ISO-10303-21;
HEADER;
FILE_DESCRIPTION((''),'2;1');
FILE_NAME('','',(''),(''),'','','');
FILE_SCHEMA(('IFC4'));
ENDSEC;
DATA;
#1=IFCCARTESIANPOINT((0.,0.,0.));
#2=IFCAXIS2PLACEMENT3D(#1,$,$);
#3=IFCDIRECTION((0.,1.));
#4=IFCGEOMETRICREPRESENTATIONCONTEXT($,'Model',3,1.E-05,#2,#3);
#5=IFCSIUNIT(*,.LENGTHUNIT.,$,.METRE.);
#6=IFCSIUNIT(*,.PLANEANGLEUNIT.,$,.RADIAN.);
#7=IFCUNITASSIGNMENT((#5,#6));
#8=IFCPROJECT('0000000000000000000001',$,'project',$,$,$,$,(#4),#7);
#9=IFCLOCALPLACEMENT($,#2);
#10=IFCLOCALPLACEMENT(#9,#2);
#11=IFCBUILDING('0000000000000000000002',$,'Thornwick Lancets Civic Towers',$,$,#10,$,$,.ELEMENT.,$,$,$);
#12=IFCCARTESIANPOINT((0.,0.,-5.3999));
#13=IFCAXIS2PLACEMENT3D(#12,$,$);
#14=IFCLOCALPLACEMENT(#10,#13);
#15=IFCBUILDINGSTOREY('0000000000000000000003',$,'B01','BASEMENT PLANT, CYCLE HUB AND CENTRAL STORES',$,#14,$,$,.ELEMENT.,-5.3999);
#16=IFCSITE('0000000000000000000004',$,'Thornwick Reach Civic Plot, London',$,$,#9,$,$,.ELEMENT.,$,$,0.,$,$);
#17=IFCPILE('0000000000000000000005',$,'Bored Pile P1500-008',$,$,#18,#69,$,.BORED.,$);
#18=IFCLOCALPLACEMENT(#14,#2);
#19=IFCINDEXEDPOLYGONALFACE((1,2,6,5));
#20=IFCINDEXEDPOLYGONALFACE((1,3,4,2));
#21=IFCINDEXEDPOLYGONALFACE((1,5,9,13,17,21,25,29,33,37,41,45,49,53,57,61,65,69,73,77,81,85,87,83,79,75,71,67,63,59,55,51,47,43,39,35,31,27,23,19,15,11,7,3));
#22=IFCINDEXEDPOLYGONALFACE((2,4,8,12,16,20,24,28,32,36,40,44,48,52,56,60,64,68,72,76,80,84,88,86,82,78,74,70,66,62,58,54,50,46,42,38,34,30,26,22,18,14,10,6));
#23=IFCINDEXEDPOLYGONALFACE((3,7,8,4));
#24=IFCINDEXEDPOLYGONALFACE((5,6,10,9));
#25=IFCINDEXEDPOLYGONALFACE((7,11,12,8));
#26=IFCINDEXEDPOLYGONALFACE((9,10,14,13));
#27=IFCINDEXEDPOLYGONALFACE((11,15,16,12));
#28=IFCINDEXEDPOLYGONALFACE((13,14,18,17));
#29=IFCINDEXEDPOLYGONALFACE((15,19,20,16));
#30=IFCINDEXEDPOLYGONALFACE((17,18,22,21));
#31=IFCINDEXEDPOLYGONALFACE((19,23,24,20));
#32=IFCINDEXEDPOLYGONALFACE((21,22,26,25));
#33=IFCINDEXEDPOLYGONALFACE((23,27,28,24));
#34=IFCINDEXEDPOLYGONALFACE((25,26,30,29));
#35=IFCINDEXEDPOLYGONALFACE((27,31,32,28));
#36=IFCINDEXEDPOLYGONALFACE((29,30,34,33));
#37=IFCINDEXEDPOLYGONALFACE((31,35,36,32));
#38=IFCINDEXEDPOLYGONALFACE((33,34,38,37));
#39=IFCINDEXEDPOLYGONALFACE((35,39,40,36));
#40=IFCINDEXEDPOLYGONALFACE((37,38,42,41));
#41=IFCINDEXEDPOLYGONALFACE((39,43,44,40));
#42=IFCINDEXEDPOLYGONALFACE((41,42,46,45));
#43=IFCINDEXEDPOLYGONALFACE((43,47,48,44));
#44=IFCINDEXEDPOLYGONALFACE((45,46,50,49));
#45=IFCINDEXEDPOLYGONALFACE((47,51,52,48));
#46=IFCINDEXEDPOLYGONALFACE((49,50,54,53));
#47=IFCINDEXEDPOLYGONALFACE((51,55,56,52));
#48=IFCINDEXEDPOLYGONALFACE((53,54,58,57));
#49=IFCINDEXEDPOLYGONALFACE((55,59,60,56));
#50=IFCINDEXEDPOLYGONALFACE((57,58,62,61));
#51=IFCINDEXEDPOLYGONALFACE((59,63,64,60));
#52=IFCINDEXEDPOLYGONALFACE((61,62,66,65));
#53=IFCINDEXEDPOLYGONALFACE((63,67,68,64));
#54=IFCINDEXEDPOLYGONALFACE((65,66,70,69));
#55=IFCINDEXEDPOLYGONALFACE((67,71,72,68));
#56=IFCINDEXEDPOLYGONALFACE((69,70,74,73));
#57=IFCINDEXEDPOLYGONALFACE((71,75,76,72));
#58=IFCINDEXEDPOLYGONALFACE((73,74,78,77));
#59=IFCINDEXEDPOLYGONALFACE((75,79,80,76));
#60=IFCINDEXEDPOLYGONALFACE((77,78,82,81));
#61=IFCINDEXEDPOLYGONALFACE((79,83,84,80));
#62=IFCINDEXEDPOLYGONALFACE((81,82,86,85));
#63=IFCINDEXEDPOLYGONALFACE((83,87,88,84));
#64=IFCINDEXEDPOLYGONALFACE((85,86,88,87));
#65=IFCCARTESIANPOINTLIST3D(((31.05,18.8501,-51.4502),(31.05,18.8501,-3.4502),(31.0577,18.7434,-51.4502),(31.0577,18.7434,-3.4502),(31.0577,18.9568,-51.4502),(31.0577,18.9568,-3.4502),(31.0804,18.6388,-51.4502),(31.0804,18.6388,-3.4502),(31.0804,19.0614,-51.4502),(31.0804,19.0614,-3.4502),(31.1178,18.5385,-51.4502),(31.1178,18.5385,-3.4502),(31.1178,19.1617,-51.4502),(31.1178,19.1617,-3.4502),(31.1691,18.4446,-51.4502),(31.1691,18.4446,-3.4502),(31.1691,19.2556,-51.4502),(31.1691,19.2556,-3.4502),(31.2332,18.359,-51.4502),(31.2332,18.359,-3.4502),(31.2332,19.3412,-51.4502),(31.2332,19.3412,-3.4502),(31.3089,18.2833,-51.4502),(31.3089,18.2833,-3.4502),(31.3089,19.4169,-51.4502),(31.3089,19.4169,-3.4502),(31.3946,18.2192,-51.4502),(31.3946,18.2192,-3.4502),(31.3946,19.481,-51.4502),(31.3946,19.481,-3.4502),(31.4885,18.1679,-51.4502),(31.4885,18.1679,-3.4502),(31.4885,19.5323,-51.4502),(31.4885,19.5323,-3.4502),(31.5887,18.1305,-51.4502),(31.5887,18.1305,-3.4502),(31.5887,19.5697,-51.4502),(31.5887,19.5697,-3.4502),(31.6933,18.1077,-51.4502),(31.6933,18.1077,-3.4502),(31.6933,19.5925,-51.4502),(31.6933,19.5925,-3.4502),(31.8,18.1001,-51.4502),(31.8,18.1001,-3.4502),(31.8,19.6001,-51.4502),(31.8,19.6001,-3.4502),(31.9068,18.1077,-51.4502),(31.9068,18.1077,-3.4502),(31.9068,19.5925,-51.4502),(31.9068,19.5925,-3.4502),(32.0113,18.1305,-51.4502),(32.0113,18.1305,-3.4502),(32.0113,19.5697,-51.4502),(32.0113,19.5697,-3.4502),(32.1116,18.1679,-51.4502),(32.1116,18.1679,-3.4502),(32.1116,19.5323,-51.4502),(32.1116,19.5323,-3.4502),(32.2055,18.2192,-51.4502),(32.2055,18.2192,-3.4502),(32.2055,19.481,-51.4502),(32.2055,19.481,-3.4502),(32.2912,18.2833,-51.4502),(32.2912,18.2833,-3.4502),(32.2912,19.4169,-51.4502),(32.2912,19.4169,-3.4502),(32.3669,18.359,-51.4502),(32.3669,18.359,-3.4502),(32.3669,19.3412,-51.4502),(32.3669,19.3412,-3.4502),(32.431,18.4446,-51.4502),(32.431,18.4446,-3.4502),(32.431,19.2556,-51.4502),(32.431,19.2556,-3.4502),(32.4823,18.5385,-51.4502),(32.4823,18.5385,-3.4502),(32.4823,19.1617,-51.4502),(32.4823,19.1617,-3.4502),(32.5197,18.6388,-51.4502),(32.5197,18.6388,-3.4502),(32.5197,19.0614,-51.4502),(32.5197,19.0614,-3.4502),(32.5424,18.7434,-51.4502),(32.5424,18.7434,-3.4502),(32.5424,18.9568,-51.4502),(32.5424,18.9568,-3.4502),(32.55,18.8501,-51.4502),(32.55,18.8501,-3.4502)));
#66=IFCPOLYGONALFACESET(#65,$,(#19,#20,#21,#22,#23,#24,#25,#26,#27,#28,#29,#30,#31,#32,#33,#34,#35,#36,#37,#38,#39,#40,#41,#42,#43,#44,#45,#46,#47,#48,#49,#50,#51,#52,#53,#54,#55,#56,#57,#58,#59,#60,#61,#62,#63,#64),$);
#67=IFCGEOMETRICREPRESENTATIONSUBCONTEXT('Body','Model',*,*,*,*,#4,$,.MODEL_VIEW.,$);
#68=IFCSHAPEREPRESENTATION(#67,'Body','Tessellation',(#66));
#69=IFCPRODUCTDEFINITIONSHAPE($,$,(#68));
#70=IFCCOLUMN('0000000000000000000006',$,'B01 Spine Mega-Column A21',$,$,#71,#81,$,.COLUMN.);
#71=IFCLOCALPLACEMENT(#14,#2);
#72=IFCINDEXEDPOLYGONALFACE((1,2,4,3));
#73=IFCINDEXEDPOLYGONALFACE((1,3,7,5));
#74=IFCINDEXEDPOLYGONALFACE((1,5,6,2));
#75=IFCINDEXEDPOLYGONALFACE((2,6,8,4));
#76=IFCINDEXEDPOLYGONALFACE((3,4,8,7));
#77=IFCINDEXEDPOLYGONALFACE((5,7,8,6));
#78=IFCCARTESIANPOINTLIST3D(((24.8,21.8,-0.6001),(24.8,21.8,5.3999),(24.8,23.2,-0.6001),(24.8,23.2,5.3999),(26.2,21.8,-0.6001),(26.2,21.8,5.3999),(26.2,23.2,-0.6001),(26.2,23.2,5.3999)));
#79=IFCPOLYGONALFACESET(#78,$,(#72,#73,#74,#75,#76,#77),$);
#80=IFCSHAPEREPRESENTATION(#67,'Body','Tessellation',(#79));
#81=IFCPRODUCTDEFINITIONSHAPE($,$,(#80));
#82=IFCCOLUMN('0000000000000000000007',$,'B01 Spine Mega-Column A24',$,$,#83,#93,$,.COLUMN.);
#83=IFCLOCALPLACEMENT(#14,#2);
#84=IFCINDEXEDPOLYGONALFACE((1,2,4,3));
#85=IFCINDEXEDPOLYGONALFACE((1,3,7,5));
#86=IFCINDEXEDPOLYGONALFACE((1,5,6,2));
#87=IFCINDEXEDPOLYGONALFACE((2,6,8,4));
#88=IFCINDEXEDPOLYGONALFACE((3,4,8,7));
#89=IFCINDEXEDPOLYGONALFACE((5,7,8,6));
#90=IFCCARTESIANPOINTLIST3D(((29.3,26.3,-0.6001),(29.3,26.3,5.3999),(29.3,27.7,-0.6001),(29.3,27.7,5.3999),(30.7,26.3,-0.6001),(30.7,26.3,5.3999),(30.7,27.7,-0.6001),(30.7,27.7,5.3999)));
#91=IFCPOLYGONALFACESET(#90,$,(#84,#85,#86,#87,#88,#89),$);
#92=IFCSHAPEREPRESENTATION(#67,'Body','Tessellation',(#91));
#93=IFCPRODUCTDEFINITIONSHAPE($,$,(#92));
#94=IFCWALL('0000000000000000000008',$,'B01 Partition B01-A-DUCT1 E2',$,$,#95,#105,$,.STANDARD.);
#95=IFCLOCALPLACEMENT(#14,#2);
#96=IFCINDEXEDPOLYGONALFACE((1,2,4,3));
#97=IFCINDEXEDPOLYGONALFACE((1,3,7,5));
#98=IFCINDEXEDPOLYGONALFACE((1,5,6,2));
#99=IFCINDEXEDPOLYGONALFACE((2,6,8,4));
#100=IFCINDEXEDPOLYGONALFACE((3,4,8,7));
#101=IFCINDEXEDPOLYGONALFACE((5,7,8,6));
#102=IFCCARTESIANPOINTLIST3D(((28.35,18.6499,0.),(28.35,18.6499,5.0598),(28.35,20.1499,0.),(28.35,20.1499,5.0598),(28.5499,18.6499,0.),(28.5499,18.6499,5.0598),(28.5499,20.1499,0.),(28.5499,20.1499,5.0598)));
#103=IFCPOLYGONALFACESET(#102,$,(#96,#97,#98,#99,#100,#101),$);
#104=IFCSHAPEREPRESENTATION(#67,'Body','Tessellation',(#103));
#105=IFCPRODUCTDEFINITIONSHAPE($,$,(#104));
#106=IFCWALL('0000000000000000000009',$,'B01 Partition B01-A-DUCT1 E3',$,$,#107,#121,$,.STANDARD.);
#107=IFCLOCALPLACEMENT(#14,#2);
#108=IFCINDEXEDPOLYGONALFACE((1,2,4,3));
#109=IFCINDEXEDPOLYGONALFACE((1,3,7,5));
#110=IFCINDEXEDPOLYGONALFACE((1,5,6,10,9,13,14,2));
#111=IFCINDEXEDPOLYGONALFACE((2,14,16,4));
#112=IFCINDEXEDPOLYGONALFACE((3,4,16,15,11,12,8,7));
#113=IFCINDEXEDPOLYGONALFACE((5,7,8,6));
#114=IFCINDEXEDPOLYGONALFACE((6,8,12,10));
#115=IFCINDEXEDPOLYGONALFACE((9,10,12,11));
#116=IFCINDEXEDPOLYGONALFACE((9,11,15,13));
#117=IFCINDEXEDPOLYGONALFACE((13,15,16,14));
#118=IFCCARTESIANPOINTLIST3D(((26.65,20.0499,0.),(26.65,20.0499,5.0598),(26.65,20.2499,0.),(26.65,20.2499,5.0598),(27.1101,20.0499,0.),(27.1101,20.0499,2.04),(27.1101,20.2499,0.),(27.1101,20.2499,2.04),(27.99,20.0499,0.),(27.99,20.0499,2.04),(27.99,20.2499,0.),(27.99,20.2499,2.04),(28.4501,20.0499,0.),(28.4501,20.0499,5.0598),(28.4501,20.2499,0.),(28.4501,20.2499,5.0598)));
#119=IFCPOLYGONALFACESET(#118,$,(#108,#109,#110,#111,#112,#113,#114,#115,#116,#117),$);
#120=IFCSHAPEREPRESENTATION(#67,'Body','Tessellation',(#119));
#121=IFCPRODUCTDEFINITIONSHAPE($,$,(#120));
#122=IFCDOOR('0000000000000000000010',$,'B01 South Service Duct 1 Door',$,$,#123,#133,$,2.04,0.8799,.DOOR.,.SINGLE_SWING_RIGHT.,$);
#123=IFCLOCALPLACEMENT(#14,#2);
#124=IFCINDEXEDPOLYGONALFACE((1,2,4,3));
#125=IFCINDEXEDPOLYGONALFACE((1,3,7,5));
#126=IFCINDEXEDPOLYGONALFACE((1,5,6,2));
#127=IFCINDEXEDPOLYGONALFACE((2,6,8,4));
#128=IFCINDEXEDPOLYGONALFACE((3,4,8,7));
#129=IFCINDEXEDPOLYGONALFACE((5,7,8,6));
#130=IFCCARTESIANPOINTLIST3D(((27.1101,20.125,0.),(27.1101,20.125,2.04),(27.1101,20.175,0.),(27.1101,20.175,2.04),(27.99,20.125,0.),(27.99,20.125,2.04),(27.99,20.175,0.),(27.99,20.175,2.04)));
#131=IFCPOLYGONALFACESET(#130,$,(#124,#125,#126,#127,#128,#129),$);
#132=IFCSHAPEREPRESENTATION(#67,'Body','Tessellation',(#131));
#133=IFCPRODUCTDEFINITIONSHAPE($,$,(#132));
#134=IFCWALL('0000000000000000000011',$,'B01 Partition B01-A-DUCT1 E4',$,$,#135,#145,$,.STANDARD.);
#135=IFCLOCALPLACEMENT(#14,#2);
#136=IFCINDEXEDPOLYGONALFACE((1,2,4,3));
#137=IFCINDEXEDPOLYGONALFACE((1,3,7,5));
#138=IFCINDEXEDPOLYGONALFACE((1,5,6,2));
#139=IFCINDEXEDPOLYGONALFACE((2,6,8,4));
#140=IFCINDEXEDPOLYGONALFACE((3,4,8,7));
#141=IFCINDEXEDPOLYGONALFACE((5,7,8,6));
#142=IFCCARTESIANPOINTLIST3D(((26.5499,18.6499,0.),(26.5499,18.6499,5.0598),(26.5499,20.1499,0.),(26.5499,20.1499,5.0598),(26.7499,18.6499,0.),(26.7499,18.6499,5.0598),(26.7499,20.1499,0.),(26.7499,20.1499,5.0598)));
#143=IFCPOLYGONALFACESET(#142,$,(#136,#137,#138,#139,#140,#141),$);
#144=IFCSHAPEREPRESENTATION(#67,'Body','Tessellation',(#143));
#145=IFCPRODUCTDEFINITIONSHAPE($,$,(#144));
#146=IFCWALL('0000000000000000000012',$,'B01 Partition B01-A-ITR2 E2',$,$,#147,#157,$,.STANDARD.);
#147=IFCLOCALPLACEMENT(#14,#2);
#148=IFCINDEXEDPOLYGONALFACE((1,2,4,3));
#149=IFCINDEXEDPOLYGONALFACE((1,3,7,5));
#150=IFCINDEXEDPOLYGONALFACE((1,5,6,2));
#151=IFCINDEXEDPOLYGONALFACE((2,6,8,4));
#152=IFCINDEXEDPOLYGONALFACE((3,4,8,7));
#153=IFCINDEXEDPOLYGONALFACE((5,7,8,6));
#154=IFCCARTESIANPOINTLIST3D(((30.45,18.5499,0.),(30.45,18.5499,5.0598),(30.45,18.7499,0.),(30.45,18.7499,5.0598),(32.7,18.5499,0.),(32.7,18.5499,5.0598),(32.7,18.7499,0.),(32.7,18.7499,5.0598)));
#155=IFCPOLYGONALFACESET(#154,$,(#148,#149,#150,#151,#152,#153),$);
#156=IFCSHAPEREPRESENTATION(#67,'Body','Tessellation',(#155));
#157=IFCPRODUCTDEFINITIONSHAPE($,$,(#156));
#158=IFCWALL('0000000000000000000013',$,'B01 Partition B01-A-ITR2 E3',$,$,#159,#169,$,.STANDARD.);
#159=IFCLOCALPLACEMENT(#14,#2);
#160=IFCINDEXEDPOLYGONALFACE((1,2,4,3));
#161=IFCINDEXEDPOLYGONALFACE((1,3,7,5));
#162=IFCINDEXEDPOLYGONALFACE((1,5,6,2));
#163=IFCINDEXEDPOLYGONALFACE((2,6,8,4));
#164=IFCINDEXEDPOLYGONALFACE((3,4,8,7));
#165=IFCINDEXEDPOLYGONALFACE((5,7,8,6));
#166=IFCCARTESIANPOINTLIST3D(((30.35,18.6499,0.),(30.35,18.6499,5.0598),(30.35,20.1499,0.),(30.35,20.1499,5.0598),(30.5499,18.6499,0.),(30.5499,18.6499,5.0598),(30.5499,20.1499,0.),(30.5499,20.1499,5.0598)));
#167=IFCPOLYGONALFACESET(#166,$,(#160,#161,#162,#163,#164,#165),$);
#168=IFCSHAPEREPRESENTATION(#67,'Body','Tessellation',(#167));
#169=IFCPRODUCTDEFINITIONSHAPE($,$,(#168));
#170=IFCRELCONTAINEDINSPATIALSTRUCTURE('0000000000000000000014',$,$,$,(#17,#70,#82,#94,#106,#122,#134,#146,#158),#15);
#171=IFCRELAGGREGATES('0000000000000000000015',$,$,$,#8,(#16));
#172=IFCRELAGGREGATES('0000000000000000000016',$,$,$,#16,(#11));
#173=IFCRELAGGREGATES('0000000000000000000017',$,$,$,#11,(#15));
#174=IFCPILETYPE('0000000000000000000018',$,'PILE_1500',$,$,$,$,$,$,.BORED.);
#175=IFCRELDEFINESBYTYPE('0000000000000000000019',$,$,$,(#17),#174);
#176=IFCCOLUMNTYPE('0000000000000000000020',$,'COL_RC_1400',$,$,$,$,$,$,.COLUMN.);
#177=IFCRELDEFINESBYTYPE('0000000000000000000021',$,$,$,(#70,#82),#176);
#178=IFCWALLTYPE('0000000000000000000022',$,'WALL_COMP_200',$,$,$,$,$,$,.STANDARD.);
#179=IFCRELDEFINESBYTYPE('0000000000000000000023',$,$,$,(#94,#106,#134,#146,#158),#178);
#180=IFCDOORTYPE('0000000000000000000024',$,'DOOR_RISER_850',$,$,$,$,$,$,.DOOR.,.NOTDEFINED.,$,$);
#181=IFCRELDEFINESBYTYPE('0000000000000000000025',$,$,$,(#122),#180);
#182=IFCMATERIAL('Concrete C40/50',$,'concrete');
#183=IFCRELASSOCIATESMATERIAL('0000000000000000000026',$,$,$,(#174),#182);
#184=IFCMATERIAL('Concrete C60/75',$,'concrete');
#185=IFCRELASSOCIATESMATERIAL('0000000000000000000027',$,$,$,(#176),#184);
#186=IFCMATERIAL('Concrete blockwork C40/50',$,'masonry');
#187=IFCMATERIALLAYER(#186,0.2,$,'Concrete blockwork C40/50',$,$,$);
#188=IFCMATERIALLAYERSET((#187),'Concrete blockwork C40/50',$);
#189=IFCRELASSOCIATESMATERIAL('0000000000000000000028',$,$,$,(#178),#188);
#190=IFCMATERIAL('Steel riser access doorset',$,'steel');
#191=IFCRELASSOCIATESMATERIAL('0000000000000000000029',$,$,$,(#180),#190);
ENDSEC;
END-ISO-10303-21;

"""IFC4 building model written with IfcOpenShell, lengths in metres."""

from ifc_helpers import new_model, si_unit, direction, frame, frame_2d, origin, origin_2d, place, context, subcontext, project, spatial, rectangle, circle, extrude, material, layer, layer_set, material_profile, profile_set, type_object, element, fill, save


model = new_model("IFC4")

# Units and contexts
model_context = context("Model", 3, precision=1e-05, world=origin(), true_north=direction((0.0, 1.0)))
body_context = subcontext(model_context, "Body", "Model", "MODEL_VIEW")
ifc_project = project(units=[si_unit("LENGTHUNIT", "METRE"), si_unit("PLANEANGLEUNIT", "RADIAN")], contexts=[model_context])

# Site, building, storey
site_placement = place(None, origin())
site = spatial("IfcSite", under=ifc_project, at=site_placement, Name="Thornwick Reach Civic Plot, London", CompositionType="ELEMENT", RefElevation=0.0)
building_placement = place(site_placement, origin())
building = spatial("IfcBuilding", under=site, at=building_placement, Name="Thornwick Lancets Civic Towers", CompositionType="ELEMENT")
storey_placement = place(building_placement, frame((0.0, 0.0, -5.3999)))
storey = spatial("IfcBuildingStorey", under=building, at=storey_placement, Name="B01", Description="BASEMENT PLANT, CYCLE HUB AND CENTRAL STORES", CompositionType="ELEMENT", Elevation=-5.3999)

# Shared definitions
ifc_material_1 = material(Name="Concrete C40/50", Category="concrete")

# Pile
ifc_material_profile_1 = material_profile(ifc_material_1, circle(Radius=0.75, at=origin_2d()), Name="PILE D1500")
ifc_profile_set_1 = profile_set([ifc_material_profile_1], Name="Concrete C40/50")
pile_type_1 = type_object("IfcPileType", Name="PILE_1500", PredefinedType="BORED", material=ifc_profile_set_1)
for number, where, z_axis, x_axis, name in (
    (1, (31.8, 18.8501, -3.4502), (0.0, 0.0, -1.0), (1.0, 0.0, 0.0), "Bored Pile P1500-008"),
):
    element("IfcPile", number, at=place(storey_placement, frame(where, z_axis=z_axis, x_axis=x_axis)), inside=storey, type_object=pile_type_1, Name=name, PredefinedType="BORED", context=body_context, shape_type="SweptSolid", body=[
        extrude(circle(Radius=0.75, at=origin_2d()), origin(), (0.0, 0.0, 1.0), 48.0),
    ])

# Columns
ifc_material_2 = material(Name="Concrete C60/75", Category="concrete")
ifc_material_profile_2 = material_profile(ifc_material_2, rectangle(XDim=1.3999, YDim=1.3999, at=origin_2d()), Name="RC 1400x1400")
ifc_profile_set_2 = profile_set([ifc_material_profile_2], Name="Concrete C60/75")
column_type = type_object("IfcColumnType", Name="COL_RC_1400", PredefinedType="COLUMN", material=ifc_profile_set_2)
for number, where, z_axis, x_axis, name in (
    (2, (25.5, 22.5, -0.6001), (0.0, 0.0, 1.0), (1.0, 0.0, 0.0), "B01 Spine Mega-Column A21"),
    (3, (30.0, 27.0, -0.6001), (0.0, 0.0, 1.0), (1.0, 0.0, 0.0), "B01 Spine Mega-Column A24"),
):
    element("IfcColumn", number, at=place(storey_placement, frame(where, z_axis=z_axis, x_axis=x_axis)), inside=storey, type_object=column_type, Name=name, PredefinedType="COLUMN", context=body_context, shape_type="SweptSolid", body=[
        extrude(rectangle(XDim=1.3999, YDim=1.3999, at=origin_2d()), origin(), (0.0, 0.0, 1.0), 6.0),
    ])

# Wall
ifc_material_3 = material(Name="Concrete blockwork C40/50", Category="masonry")
ifc_layer_1 = layer(ifc_material_3, 0.2, Name="Concrete blockwork C40/50")
ifc_layer_set_1 = layer_set([ifc_layer_1], Name="Concrete blockwork C40/50")
wall_type_1 = type_object("IfcWallType", Name="WALL_COMP_200", PredefinedType="STANDARD", material=ifc_layer_set_1)
wall_1_placement = place(storey_placement, frame((28.45, 18.6499, 0.0), z_axis=(0.0, 0.0, 1.0), x_axis=(0.0, 1.0, 0.0)))
element("IfcWall", 4, at=wall_1_placement, inside=storey, type_object=wall_type_1, Name="B01 Partition B01-A-DUCT1 E2", PredefinedType="STANDARD", context=body_context, shape_type="SweptSolid", body=[
    extrude(rectangle(XDim=1.5, YDim=0.2, at=frame_2d((0.75, 0.0))), origin(), (0.0, 0.0, 1.0), 5.0598),
])

# Wall, opening, door
wall_2_placement = place(storey_placement, frame((28.45, 20.1499, 0.0), z_axis=(0.0, 0.0, 1.0), x_axis=(-1.0, 0.0, 0.0)))
wall_2 = element("IfcWall", 5, at=wall_2_placement, inside=storey, type_object=wall_type_1, Name="B01 Partition B01-A-DUCT1 E3", PredefinedType="STANDARD", context=body_context, shape_type="SweptSolid", body=[
    extrude(rectangle(XDim=1.8, YDim=0.2, at=frame_2d((0.8999, 0.0))), origin(), (0.0, 0.0, 1.0), 5.0598),
])
opening_1_placement = place(wall_2_placement, frame((0.46, 0.0, 0.0)))
opening_1 = element("IfcOpeningElement", 6, at=opening_1_placement, cuts=wall_2, PredefinedType="OPENING", context=body_context, shape_type="SweptSolid", body=[
    extrude(rectangle(XDim=0.8799, YDim=2.04, at=frame_2d((0.4399, 1.02))), frame((0.0, 0.1099, 0.0), z_axis=(0.0, -1.0, 0.0), x_axis=(1.0, 0.0, 0.0)), (0.0, 0.0, 1.0), 0.22),
])
ifc_material_4 = material(Name="Steel riser access doorset", Category="steel")
door_type_1 = type_object("IfcDoorType", Name="DOOR_RISER_850", OperationType="NOTDEFINED", PredefinedType="DOOR", material=ifc_material_4)
door_1_placement = place(opening_1_placement, origin())
door_1 = element("IfcDoor", 7, at=door_1_placement, inside=storey, type_object=door_type_1, Name="B01 South Service Duct 1 Door", OperationType="SINGLE_SWING_RIGHT", OverallHeight=2.04, OverallWidth=0.8799, PredefinedType="DOOR", context=body_context, shape_type="SweptSolid", body=[
    extrude(rectangle(XDim=0.8799, YDim=2.04, at=frame_2d((0.4399, 1.02))), frame((0.0, 0.0249, 0.0), z_axis=(0.0, -1.0, 0.0), x_axis=(1.0, 0.0, 0.0)), (0.0, 0.0, 1.0), 0.05),
])
fill(opening_1, door_1)

# Walls
wall_3_placement = place(storey_placement, frame((26.6499, 20.1499, 0.0), z_axis=(0.0, 0.0, 1.0), x_axis=(0.0, -1.0, 0.0)))
element("IfcWall", 8, at=wall_3_placement, inside=storey, type_object=wall_type_1, Name="B01 Partition B01-A-DUCT1 E4", PredefinedType="STANDARD", context=body_context, shape_type="SweptSolid", body=[
    extrude(rectangle(XDim=1.5, YDim=0.2, at=frame_2d((0.75, 0.0))), origin(), (0.0, 0.0, 1.0), 5.0598),
])
wall_4_placement = place(storey_placement, frame((32.7, 18.6499, 0.0), z_axis=(0.0, 0.0, 1.0), x_axis=(-1.0, 0.0, 0.0)))
element("IfcWall", 9, at=wall_4_placement, inside=storey, type_object=wall_type_1, Name="B01 Partition B01-A-ITR2 E2", PredefinedType="STANDARD", context=body_context, shape_type="SweptSolid", body=[
    extrude(rectangle(XDim=2.25, YDim=0.2, at=frame_2d((1.125, 0.0))), origin(), (0.0, 0.0, 1.0), 5.0598),
])
wall_5_placement = place(storey_placement, frame((30.45, 18.6499, 0.0), z_axis=(0.0, 0.0, 1.0), x_axis=(0.0, 1.0, 0.0)))
element("IfcWall", 10, at=wall_5_placement, inside=storey, type_object=wall_type_1, Name="B01 Partition B01-A-ITR2 E3", PredefinedType="STANDARD", context=body_context, shape_type="SweptSolid", body=[
    extrude(rectangle(XDim=1.5, YDim=0.2, at=frame_2d((0.75, 0.0))), origin(), (0.0, 0.0, 1.0), 5.0598),
])

save(model, "model.ifc")
